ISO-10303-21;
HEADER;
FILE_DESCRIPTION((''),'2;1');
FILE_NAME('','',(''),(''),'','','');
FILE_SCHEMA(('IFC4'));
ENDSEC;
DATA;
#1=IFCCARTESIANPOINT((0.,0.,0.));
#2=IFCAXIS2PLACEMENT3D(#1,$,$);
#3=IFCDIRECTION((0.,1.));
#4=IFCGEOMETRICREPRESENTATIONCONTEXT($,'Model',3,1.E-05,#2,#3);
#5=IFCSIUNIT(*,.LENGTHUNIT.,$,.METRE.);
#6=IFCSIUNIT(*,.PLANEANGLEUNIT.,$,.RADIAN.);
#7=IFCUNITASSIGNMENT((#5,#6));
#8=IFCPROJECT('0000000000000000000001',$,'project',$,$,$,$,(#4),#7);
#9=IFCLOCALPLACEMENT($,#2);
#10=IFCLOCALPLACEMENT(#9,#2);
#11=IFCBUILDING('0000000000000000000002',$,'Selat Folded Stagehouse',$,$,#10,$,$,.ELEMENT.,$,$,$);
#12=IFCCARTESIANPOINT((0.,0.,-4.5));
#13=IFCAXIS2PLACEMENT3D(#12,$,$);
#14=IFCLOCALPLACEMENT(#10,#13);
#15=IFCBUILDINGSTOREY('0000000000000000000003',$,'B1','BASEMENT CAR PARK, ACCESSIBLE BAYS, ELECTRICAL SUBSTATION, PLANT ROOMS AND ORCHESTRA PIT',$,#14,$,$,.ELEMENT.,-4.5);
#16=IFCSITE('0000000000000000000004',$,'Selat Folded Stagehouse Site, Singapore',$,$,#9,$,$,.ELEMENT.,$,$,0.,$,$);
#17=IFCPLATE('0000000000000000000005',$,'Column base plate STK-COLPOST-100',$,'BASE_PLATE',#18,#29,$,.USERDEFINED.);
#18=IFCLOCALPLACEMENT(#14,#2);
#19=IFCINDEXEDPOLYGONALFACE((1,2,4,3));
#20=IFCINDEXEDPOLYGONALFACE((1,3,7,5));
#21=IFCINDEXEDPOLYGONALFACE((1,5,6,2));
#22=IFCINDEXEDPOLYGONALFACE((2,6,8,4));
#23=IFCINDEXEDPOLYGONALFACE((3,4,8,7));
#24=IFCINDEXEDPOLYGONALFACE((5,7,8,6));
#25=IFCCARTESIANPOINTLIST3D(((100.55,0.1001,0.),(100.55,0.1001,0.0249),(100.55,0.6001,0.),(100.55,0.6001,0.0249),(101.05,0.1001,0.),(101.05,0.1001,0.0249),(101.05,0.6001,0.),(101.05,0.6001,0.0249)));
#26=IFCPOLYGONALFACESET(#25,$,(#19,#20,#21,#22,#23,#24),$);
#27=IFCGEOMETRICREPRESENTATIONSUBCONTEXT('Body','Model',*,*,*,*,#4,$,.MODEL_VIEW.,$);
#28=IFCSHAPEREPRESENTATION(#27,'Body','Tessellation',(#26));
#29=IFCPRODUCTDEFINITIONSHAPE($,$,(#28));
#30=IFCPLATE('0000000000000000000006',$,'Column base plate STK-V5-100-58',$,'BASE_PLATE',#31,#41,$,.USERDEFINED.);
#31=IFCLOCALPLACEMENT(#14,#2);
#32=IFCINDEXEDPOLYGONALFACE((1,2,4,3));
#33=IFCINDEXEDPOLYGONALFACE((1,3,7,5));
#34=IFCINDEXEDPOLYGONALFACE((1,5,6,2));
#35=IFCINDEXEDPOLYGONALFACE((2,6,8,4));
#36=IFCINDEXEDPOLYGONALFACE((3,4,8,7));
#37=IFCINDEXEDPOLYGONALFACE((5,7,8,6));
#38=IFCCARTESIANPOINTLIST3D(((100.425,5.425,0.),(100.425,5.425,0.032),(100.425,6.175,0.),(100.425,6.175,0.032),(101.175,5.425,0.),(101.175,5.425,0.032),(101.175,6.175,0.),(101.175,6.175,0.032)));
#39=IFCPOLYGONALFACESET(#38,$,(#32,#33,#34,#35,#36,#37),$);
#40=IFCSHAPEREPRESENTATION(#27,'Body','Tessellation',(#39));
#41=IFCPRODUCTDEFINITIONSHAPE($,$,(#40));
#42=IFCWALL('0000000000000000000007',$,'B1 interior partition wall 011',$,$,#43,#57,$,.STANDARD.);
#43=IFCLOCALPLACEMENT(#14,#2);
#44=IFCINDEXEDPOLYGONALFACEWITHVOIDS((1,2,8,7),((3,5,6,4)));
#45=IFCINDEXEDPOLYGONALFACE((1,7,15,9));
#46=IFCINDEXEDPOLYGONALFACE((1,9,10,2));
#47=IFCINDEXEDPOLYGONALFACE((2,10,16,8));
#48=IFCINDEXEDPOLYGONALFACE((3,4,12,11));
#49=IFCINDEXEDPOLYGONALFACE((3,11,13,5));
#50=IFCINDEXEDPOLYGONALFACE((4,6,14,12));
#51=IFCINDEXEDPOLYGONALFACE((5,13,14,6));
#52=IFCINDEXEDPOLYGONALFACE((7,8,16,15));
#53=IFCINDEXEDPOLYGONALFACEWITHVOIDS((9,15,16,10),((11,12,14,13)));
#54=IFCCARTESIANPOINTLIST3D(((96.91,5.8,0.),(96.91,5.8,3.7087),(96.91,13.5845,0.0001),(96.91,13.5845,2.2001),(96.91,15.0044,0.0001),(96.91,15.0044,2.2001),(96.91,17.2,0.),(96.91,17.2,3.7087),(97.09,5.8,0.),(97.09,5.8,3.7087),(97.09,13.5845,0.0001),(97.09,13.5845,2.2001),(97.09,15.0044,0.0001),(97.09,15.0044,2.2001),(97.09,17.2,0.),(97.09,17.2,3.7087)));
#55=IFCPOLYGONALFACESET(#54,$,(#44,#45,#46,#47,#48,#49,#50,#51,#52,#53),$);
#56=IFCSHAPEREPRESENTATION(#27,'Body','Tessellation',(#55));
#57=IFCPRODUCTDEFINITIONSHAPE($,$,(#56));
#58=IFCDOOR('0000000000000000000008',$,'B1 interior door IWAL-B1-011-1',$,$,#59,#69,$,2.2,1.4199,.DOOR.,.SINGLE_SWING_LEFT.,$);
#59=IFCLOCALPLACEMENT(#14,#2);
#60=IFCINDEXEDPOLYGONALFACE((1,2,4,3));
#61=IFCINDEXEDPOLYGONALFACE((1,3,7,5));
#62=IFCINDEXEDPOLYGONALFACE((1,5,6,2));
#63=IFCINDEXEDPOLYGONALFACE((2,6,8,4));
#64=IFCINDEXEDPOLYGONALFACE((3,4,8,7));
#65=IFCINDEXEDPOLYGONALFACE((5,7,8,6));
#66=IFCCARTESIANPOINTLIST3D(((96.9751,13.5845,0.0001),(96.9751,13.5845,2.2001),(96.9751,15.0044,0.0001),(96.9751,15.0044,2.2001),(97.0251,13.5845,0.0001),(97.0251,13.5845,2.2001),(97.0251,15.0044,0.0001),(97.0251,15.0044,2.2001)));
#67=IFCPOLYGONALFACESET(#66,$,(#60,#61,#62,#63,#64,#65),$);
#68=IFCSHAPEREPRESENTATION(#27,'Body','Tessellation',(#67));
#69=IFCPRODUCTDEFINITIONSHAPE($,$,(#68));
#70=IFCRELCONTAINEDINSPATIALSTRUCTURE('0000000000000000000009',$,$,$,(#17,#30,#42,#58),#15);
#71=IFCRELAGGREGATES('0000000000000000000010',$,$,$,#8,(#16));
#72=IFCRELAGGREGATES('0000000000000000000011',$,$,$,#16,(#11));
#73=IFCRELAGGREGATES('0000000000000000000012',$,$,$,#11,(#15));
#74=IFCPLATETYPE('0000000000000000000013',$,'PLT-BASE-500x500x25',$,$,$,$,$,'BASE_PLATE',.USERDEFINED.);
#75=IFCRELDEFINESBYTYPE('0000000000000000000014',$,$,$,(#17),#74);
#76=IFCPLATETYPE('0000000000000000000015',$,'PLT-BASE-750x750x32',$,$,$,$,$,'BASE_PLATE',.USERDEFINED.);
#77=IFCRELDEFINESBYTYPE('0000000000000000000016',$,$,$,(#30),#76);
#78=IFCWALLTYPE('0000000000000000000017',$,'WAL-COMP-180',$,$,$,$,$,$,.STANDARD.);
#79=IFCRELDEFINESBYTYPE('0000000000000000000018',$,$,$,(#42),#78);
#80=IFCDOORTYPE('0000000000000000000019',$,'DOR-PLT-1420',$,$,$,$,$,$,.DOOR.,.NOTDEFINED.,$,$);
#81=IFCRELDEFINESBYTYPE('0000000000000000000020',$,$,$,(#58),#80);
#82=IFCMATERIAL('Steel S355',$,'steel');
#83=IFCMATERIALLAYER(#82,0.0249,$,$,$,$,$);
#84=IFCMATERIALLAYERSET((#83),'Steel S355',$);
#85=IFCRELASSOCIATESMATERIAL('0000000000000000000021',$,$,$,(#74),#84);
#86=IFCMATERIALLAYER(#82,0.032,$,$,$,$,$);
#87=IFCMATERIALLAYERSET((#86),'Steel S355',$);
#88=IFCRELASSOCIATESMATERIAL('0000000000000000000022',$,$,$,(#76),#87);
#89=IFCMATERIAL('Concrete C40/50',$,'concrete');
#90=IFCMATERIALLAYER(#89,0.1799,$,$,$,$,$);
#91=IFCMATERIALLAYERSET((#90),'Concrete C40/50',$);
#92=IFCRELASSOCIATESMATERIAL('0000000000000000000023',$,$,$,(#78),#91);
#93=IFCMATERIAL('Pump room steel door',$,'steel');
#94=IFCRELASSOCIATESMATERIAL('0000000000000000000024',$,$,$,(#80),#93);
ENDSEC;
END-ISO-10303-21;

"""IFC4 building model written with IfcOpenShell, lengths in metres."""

from ifc_helpers import new_model, si_unit, direction, frame, frame_2d, origin, origin_2d, place, context, subcontext, project, spatial, rectangle, extrude, material, layer, layer_set, type_object, element, fill, save


model = new_model("IFC4")

# Units and contexts
model_context = context("Model", 3, precision=1e-05, world=origin(), true_north=direction((0.0, 1.0)))
body_context = subcontext(model_context, "Body", "Model", "MODEL_VIEW")
ifc_project = project(units=[si_unit("LENGTHUNIT", "METRE"), si_unit("PLANEANGLEUNIT", "RADIAN")], contexts=[model_context])

# Site, building, storey
site_placement = place(None, origin())
site = spatial("IfcSite", under=ifc_project, at=site_placement, Name="Selat Folded Stagehouse Site, Singapore", CompositionType="ELEMENT", RefElevation=0.0)
building_placement = place(site_placement, origin())
building = spatial("IfcBuilding", under=site, at=building_placement, Name="Selat Folded Stagehouse", CompositionType="ELEMENT")
storey_placement = place(building_placement, frame((0.0, 0.0, -4.5)))
storey = spatial("IfcBuildingStorey", under=building, at=storey_placement, Name="B1", Description="BASEMENT CAR PARK, ACCESSIBLE BAYS, ELECTRICAL SUBSTATION, PLANT ROOMS AND ORCHESTRA PIT", CompositionType="ELEMENT", Elevation=-4.5)

# Shared definitions
ifc_material_1 = material(Name="Concrete C40/50", Category="concrete")

# Shared definitions
ifc_material_2 = material(Name="Steel S355", Category="steel")

# Plates
ifc_layer_1 = layer(ifc_material_2, 0.0249)
ifc_layer_set_1 = layer_set([ifc_layer_1], Name="Steel S355")
plate_type_1 = type_object("IfcPlateType", Name="PLT-BASE-500x500x25", ElementType="BASE_PLATE", PredefinedType="USERDEFINED", material=ifc_layer_set_1)
plate_1_placement = place(storey_placement, frame((100.8, 0.3501, 0.0), z_axis=(0.0, 0.0, 1.0), x_axis=(1.0, 0.0, 0.0)))
element("IfcPlate", 1, at=plate_1_placement, inside=storey, type_object=plate_type_1, Name="Column base plate STK-COLPOST-100", ObjectType="BASE_PLATE", PredefinedType="USERDEFINED", context=body_context, shape_type="SweptSolid", body=[
    extrude(rectangle(XDim=0.5, YDim=0.5, at=origin_2d()), origin(), (0.0, 0.0, 1.0), 0.0249),
])
ifc_layer_2 = layer(ifc_material_2, 0.032)
ifc_layer_set_2 = layer_set([ifc_layer_2], Name="Steel S355")
plate_type_2 = type_object("IfcPlateType", Name="PLT-BASE-750x750x32", ElementType="BASE_PLATE", PredefinedType="USERDEFINED", material=ifc_layer_set_2)
plate_2_placement = place(storey_placement, frame((100.8, 5.8, 0.0), z_axis=(0.0, 0.0, 1.0), x_axis=(1.0, 0.0, 0.0)))
element("IfcPlate", 2, at=plate_2_placement, inside=storey, type_object=plate_type_2, Name="Column base plate STK-V5-100-58", ObjectType="BASE_PLATE", PredefinedType="USERDEFINED", context=body_context, shape_type="SweptSolid", body=[
    extrude(rectangle(XDim=0.75, YDim=0.75, at=origin_2d()), origin(), (0.0, 0.0, 1.0), 0.032),
])

# Wall, opening, door
ifc_layer_3 = layer(ifc_material_1, 0.1799)
ifc_layer_set_3 = layer_set([ifc_layer_3], Name="Concrete C40/50")
wall_type = type_object("IfcWallType", Name="WAL-COMP-180", PredefinedType="STANDARD", material=ifc_layer_set_3)
wall_placement = place(storey_placement, frame((97.0, 5.8, 0.0), z_axis=(0.0, 0.0, 1.0), x_axis=(0.0, 1.0, 0.0)))
wall = element("IfcWall", 3, at=wall_placement, inside=storey, type_object=wall_type, Name="B1 interior partition wall 011", PredefinedType="STANDARD", context=body_context, shape_type="SweptSolid", body=[
    extrude(rectangle(XDim=11.3999, YDim=0.1799, at=frame_2d((5.7, 0.0))), origin(), (0.0, 0.0, 1.0), 3.7087),
])
opening_placement = place(wall_placement, frame((7.7844, 0.0, 0.0)))
opening = element("IfcOpeningElement", 4, at=opening_placement, cuts=wall, PredefinedType="OPENING", context=body_context, shape_type="SweptSolid", body=[
    extrude(rectangle(XDim=1.4199, YDim=2.2, at=frame_2d((0.71, 1.1001))), frame((0.0, 0.0999, 0.0), z_axis=(0.0, -1.0, 0.0), x_axis=(1.0, 0.0, 0.0)), (0.0, 0.0, 1.0), 0.2),
])
ifc_material_3 = material(Name="Pump room steel door", Category="steel")
door_type = type_object("IfcDoorType", Name="DOR-PLT-1420", OperationType="NOTDEFINED", PredefinedType="DOOR", material=ifc_material_3)
door_placement = place(opening_placement, origin())
door = element("IfcDoor", 5, at=door_placement, inside=storey, type_object=door_type, Name="B1 interior door IWAL-B1-011-1", OperationType="SINGLE_SWING_LEFT", OverallHeight=2.2, OverallWidth=1.4199, PredefinedType="DOOR", context=body_context, shape_type="SweptSolid", body=[
    extrude(rectangle(XDim=1.4199, YDim=2.2, at=frame_2d((0.71, 1.1001))), frame((0.0, 0.0249, 0.0), z_axis=(0.0, -1.0, 0.0), x_axis=(1.0, 0.0, 0.0)), (0.0, 0.0, 1.0), 0.05),
])
fill(opening, door)

save(model, "model.ifc")
